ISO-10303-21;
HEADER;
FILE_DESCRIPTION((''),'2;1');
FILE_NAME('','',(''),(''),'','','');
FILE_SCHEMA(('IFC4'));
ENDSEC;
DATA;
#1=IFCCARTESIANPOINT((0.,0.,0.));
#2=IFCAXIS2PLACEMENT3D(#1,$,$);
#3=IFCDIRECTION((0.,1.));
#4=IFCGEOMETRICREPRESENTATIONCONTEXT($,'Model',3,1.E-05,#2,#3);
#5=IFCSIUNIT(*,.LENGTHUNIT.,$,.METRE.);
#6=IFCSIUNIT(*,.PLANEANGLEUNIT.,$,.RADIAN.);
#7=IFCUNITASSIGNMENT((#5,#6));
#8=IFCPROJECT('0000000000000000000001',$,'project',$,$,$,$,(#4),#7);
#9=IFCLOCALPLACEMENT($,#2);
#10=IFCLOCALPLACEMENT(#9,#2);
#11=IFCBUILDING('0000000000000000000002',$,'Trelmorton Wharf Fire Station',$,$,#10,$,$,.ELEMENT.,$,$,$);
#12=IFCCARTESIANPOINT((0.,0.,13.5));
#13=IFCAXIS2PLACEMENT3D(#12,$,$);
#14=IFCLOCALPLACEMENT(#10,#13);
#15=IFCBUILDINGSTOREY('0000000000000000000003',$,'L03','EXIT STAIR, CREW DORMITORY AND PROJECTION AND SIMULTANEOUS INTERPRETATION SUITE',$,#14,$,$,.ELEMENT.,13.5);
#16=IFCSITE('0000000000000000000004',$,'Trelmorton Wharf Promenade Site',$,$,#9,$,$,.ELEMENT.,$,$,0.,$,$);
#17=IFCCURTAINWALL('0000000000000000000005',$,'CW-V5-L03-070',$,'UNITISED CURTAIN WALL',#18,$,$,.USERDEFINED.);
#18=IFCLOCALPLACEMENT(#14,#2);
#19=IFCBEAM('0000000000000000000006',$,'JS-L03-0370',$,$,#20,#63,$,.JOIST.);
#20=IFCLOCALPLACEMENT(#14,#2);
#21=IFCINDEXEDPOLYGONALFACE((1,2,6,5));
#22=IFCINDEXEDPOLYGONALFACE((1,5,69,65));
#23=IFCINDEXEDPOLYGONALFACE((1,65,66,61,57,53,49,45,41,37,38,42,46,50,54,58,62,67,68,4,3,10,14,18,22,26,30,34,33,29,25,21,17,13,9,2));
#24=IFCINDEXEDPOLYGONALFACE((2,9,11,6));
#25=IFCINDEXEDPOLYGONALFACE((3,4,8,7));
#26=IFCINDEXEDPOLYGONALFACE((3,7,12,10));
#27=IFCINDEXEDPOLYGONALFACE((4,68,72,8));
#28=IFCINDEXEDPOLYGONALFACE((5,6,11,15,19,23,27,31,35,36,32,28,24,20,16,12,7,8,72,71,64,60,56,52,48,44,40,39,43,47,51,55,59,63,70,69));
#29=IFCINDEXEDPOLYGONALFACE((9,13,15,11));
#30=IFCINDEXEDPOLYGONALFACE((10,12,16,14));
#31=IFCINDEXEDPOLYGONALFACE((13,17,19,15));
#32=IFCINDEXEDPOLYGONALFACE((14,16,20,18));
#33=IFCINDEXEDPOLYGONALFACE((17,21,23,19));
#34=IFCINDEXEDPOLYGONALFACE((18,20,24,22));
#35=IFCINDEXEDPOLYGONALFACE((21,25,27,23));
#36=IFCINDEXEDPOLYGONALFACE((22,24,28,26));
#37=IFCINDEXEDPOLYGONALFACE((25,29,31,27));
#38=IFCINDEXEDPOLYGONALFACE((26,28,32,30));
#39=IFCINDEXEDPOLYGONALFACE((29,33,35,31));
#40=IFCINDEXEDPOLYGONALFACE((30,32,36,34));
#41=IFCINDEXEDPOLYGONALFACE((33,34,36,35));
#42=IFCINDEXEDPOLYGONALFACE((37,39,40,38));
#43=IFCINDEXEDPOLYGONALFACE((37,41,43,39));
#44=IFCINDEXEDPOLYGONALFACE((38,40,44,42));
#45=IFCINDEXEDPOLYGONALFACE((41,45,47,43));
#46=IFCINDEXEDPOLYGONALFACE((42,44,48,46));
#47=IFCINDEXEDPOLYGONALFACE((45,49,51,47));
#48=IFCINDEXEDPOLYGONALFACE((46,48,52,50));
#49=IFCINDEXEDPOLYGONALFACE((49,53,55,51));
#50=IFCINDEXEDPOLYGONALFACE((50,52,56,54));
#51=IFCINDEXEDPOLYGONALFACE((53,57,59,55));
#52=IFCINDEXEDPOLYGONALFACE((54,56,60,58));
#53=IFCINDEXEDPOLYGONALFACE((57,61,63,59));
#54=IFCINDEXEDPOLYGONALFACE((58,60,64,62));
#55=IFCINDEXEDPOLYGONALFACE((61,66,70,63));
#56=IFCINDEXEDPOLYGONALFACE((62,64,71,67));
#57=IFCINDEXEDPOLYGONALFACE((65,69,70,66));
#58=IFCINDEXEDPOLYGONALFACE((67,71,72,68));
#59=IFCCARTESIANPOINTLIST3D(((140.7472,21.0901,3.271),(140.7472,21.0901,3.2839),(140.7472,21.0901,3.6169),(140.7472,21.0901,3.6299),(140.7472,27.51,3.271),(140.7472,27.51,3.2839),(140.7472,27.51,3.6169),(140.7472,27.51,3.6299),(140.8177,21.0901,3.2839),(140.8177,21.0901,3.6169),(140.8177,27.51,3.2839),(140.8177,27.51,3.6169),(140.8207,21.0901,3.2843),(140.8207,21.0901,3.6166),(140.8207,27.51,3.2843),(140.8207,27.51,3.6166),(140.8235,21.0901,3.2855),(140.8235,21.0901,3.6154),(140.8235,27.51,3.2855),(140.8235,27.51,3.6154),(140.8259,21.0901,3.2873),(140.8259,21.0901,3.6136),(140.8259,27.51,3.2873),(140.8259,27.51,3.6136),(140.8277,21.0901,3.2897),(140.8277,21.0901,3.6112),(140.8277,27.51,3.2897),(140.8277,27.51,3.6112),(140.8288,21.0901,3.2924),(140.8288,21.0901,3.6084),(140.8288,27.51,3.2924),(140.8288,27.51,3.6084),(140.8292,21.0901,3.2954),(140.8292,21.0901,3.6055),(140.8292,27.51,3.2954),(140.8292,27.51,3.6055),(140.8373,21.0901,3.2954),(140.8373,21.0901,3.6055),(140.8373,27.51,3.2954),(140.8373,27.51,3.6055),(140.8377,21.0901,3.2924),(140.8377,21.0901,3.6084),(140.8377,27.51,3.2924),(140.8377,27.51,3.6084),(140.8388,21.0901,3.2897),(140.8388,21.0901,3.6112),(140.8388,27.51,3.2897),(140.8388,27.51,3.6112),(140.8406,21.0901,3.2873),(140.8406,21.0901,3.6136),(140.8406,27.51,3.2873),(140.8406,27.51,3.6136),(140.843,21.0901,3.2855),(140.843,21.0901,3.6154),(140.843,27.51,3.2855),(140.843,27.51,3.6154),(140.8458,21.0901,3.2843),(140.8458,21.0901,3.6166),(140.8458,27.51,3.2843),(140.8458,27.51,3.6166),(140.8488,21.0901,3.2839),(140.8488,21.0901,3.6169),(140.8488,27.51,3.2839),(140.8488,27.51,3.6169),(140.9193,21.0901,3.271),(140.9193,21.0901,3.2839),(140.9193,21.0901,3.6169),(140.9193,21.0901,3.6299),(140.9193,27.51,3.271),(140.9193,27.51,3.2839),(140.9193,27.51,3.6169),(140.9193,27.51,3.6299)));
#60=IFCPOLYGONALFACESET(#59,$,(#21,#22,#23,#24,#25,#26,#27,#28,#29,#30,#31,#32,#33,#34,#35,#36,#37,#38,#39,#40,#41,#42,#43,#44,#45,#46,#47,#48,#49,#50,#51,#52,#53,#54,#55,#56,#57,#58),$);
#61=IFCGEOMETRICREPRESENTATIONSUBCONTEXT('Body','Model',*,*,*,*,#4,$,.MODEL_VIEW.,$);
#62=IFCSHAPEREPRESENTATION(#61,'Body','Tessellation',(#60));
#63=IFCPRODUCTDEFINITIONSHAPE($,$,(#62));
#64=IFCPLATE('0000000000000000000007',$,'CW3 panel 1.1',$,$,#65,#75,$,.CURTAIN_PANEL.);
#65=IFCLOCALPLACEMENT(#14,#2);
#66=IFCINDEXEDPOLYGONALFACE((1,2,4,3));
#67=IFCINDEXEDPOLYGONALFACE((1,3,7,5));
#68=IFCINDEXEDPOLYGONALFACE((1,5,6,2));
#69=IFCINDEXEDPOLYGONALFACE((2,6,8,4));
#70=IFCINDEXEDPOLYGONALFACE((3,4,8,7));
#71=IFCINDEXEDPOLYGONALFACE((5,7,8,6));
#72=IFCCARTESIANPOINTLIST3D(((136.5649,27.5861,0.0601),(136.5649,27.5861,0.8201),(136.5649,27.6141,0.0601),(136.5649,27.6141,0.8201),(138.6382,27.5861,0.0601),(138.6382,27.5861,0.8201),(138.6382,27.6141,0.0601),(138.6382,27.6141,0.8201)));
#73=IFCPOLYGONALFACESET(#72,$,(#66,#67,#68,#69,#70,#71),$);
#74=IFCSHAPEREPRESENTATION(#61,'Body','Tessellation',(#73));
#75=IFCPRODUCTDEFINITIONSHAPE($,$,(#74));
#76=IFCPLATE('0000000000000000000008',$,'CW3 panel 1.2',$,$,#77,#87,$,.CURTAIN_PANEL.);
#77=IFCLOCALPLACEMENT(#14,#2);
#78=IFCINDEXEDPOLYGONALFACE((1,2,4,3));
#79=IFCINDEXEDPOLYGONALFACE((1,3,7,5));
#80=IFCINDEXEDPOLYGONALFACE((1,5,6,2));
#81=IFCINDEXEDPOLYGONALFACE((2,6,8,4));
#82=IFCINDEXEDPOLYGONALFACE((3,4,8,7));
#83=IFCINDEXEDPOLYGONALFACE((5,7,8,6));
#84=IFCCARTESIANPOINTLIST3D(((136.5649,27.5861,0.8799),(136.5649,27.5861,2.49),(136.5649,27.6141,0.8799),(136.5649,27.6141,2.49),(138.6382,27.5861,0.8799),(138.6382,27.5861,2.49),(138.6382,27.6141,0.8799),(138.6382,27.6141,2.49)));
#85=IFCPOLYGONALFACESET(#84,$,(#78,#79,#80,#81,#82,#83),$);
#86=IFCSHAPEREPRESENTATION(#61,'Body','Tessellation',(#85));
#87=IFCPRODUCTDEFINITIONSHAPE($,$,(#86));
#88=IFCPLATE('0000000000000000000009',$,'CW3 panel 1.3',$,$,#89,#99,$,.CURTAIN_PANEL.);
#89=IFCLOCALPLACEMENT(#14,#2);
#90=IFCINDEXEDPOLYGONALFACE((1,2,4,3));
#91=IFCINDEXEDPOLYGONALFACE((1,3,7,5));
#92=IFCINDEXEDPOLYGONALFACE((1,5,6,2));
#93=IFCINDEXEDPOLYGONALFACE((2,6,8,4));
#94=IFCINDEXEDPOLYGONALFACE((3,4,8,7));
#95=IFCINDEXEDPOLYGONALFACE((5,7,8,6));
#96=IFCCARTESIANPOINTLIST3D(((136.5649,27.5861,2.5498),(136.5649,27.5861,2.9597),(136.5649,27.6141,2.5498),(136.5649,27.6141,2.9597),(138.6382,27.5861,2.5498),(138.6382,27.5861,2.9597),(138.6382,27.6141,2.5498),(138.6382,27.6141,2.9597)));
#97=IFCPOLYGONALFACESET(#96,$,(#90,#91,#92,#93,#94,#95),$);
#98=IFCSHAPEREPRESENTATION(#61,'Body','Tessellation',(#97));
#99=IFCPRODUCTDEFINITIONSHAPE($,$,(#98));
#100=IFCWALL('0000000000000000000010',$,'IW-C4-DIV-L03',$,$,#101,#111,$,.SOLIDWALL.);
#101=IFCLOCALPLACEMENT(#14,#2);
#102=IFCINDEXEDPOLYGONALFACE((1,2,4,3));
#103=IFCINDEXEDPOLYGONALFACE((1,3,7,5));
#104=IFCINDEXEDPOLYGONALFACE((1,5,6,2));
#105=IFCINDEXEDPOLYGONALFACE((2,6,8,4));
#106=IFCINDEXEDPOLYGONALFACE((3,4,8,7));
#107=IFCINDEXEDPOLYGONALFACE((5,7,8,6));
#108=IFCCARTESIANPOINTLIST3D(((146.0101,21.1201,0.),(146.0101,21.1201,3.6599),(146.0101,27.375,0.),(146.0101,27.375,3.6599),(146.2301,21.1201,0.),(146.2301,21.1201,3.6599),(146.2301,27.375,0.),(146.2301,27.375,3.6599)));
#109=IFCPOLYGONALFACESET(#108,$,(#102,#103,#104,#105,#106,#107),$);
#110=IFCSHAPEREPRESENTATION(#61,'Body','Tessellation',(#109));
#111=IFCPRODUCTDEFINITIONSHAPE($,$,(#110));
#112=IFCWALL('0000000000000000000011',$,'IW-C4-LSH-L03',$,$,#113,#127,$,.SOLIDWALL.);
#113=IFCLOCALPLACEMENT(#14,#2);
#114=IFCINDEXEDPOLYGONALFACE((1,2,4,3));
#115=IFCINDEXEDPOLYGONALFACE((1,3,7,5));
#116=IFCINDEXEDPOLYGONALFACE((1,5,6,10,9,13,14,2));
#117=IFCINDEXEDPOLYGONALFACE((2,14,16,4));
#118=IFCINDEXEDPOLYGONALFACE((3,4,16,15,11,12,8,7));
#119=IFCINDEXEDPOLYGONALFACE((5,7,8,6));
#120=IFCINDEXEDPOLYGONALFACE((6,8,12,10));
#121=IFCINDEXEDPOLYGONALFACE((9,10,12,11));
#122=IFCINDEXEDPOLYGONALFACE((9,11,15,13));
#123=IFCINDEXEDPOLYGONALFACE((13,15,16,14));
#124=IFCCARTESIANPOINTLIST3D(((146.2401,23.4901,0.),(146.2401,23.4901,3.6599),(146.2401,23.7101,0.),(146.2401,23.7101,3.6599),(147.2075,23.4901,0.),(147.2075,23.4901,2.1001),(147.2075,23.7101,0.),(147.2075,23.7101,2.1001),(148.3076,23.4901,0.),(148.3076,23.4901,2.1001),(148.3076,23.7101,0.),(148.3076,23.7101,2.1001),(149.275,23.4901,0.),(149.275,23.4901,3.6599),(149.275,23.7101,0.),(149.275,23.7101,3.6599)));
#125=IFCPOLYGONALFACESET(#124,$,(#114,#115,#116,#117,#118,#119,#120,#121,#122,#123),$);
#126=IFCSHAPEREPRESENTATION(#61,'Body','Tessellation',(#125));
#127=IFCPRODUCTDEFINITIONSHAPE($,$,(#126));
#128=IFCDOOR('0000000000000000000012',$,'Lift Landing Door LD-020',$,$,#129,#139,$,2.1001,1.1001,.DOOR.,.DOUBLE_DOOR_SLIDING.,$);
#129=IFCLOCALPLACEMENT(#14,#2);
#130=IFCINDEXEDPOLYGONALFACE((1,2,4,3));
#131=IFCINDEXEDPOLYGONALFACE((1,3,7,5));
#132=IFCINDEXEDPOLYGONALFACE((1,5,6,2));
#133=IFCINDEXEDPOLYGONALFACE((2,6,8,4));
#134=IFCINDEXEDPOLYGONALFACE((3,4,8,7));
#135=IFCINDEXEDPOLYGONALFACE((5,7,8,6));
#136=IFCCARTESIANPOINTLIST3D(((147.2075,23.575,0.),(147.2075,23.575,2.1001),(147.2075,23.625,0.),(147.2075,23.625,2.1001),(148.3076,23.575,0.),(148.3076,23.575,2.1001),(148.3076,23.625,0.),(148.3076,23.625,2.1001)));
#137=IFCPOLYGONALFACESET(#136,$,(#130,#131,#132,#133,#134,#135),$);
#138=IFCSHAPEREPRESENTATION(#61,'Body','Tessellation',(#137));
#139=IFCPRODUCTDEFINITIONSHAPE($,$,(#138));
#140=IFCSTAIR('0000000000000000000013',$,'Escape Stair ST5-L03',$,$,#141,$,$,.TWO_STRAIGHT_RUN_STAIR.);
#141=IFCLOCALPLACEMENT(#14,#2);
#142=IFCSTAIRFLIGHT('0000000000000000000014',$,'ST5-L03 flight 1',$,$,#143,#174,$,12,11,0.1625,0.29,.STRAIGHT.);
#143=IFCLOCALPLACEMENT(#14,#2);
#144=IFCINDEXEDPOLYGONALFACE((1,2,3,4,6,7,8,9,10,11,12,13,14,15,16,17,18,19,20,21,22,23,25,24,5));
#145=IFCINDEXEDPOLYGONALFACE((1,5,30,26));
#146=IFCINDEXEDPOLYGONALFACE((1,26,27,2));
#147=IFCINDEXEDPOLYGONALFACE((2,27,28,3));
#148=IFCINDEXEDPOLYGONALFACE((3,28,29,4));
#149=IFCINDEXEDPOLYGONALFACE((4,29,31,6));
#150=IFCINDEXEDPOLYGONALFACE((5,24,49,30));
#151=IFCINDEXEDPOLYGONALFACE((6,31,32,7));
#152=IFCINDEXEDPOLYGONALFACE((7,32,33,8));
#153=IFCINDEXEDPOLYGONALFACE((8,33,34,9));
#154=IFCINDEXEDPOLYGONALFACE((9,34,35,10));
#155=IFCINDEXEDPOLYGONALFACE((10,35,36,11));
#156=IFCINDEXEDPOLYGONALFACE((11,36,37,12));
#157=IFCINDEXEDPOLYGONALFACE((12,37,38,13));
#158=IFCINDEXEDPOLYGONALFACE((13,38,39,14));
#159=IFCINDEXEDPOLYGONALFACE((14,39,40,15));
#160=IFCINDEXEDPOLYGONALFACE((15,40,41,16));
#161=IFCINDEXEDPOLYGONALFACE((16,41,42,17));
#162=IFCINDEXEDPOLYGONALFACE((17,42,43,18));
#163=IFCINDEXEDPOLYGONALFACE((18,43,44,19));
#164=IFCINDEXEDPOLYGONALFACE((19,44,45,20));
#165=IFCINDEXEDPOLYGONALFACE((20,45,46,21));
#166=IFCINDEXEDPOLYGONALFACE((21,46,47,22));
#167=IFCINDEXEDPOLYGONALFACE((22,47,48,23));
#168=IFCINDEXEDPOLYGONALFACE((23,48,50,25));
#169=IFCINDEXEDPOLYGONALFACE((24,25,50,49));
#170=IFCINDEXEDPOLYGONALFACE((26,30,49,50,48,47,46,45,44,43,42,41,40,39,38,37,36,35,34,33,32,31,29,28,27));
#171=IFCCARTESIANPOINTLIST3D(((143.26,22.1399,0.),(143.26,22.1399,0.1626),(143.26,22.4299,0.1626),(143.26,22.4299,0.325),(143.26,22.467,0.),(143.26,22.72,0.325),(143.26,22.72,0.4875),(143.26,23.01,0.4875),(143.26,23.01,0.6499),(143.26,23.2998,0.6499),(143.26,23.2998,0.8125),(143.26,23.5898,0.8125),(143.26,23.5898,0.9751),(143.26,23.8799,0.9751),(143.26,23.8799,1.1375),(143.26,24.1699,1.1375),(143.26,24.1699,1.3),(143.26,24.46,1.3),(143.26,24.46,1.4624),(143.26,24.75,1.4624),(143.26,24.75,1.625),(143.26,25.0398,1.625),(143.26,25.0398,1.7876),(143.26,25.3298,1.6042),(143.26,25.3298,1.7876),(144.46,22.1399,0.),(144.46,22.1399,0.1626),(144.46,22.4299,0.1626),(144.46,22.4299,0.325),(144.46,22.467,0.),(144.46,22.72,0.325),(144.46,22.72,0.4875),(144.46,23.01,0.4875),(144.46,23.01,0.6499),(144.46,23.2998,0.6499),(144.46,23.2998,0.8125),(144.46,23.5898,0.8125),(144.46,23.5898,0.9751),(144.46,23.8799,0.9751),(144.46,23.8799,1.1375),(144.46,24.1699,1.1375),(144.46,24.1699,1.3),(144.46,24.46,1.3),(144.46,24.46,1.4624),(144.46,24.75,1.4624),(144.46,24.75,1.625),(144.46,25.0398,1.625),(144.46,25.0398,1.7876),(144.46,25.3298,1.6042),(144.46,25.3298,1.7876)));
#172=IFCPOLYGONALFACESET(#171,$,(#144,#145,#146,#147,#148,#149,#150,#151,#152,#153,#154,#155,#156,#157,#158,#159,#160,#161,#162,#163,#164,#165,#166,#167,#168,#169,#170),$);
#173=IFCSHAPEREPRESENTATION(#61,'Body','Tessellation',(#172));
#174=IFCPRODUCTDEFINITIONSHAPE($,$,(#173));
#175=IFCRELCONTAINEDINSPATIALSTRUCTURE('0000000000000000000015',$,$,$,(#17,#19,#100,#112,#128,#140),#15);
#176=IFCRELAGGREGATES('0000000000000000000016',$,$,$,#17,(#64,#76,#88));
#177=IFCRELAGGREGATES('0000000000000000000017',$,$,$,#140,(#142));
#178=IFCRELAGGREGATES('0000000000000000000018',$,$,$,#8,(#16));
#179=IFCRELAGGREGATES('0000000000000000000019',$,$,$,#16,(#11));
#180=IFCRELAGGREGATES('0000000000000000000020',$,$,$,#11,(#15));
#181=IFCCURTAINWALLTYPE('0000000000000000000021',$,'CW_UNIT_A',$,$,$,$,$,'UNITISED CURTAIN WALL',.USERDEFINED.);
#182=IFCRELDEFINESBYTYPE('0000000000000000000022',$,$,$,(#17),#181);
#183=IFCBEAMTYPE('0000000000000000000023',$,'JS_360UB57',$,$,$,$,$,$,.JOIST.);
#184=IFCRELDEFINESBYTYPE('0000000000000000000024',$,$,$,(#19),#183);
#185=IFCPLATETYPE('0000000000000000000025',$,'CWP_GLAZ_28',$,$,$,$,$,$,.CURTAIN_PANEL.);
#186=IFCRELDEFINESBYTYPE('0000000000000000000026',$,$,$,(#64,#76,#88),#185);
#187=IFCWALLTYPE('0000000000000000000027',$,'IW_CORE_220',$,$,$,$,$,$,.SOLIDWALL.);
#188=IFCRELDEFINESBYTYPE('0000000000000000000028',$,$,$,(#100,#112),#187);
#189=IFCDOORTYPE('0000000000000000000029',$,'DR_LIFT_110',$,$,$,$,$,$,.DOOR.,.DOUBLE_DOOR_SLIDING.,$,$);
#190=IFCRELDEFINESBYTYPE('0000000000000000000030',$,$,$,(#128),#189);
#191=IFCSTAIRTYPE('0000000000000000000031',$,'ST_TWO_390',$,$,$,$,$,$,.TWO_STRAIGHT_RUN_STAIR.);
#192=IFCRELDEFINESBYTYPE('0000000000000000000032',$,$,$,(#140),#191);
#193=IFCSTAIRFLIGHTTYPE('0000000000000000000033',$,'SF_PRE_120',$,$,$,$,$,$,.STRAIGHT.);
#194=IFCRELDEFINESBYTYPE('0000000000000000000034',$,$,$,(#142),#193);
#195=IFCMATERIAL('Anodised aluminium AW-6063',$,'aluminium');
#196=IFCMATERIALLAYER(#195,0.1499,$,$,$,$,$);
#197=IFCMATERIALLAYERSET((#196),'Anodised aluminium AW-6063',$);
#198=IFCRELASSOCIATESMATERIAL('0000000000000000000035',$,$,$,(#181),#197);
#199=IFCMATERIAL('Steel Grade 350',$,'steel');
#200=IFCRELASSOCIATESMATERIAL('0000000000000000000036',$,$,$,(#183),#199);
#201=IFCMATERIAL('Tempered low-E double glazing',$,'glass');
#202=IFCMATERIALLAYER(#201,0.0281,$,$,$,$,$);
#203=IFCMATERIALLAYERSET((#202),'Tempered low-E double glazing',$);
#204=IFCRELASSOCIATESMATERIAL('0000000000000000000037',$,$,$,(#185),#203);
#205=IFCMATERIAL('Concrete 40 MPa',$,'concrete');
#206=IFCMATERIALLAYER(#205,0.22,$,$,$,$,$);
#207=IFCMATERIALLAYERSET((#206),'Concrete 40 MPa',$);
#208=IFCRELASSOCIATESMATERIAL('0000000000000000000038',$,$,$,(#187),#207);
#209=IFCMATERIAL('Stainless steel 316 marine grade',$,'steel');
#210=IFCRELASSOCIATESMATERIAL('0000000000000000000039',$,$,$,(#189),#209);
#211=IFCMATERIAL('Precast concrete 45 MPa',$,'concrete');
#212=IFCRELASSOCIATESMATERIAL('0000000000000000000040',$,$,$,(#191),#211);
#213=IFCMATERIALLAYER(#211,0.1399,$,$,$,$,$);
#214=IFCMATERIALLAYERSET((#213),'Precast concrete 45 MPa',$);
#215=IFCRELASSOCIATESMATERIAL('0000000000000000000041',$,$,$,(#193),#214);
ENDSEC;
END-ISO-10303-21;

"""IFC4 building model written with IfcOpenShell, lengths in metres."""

from ifc_helpers import new_model, si_unit, direction, frame, frame_2d, origin, origin_2d, place, context, subcontext, project, spatial, polyline, rectangle, i_section, outline, extrude, material, layer, layer_set, material_profile, profile_set, type_object, element, fill, aggregate, save


model = new_model("IFC4")

# Units and contexts
model_context = context("Model", 3, precision=1e-05, world=origin(), true_north=direction((0.0, 1.0)))
body_context = subcontext(model_context, "Body", "Model", "MODEL_VIEW")
ifc_project = project(units=[si_unit("LENGTHUNIT", "METRE"), si_unit("PLANEANGLEUNIT", "RADIAN")], contexts=[model_context])

# Site, building, storey
site_placement = place(None, origin())
site = spatial("IfcSite", under=ifc_project, at=site_placement, Name="Trelmorton Wharf Promenade Site", CompositionType="ELEMENT", RefElevation=0.0)
building_placement = place(site_placement, origin())
building = spatial("IfcBuilding", under=site, at=building_placement, Name="Trelmorton Wharf Fire Station", CompositionType="ELEMENT")
storey_placement = place(building_placement, frame((0.0, 0.0, 13.5)))
storey = spatial("IfcBuildingStorey", under=building, at=storey_placement, Name="L03", Description="EXIT STAIR, CREW DORMITORY AND PROJECTION AND SIMULTANEOUS INTERPRETATION SUITE", CompositionType="ELEMENT", Elevation=13.5)

# Shared definitions
ifc_material_1 = material(Name="Steel Grade 350", Category="steel")

# Curtain wall
ifc_material_2 = material(Name="Anodised aluminium AW-6063", Category="aluminium")
ifc_layer_1 = layer(ifc_material_2, 0.1499)
ifc_layer_set_1 = layer_set([ifc_layer_1], Name="Anodised aluminium AW-6063")
curtain_wall_type = type_object("IfcCurtainWallType", Name="CW_UNIT_A", ElementType="UNITISED CURTAIN WALL", PredefinedType="USERDEFINED", material=ifc_layer_set_1)
curtain_wall_placement = place(storey_placement, origin())
curtain_wall = element("IfcCurtainWall", 1, at=curtain_wall_placement, inside=storey, type_object=curtain_wall_type, Name="CW-V5-L03-070", ObjectType="UNITISED CURTAIN WALL", PredefinedType="USERDEFINED")

# Beam
ifc_material_profile_1 = material_profile(ifc_material_1, i_section(OverallWidth=0.1721, OverallDepth=0.3589, WebThickness=0.0081, FlangeThickness=0.0129, FilletRadius=0.0115, at=origin_2d()), Name="360UB56.7")
ifc_profile_set_1 = profile_set([ifc_material_profile_1], Name="Steel Grade 350")
beam_type_1 = type_object("IfcBeamType", Name="JS_360UB57", PredefinedType="JOIST", material=ifc_profile_set_1)
for number, where, z_axis, x_axis, name in (
    (2, (140.8333, 21.0901, 3.4504), (0.0, 1.0, 0.0), (-1.0, 0.0, 0.0), "JS-L03-0370"),
):
    element("IfcBeam", number, at=place(storey_placement, frame(where, z_axis=z_axis, x_axis=x_axis)), inside=storey, type_object=beam_type_1, Name=name, PredefinedType="JOIST", context=body_context, shape_type="SweptSolid", body=[
        extrude(i_section(OverallWidth=0.1721, OverallDepth=0.3589, WebThickness=0.0081, FlangeThickness=0.0129, FilletRadius=0.0115, at=origin_2d()), origin(), (0.0, 0.0, 1.0), 6.4199),
    ])

# Plates
ifc_material_3 = material(Name="Tempered low-E double glazing", Category="glass")
ifc_layer_2 = layer(ifc_material_3, 0.0281)
ifc_layer_set_2 = layer_set([ifc_layer_2], Name="Tempered low-E double glazing")
plate_type = type_object("IfcPlateType", Name="CWP_GLAZ_28", PredefinedType="CURTAIN_PANEL", material=ifc_layer_set_2)
plate_1_placement = place(storey_placement, frame((137.6016, 27.6001, 0.0601), z_axis=(0.0, 0.0, 1.0), x_axis=(1.0, 0.0, 0.0)))
plate_1 = element("IfcPlate", 3, at=plate_1_placement, type_object=plate_type, Name="CW3 panel 1.1", PredefinedType="CURTAIN_PANEL", context=body_context, shape_type="SweptSolid", body=[
    extrude(rectangle(XDim=2.0732, YDim=0.0281, at=origin_2d()), origin(), (0.0, 0.0, 1.0), 0.76),
])
plate_2_placement = place(storey_placement, frame((137.6016, 27.6001, 0.8799), z_axis=(0.0, 0.0, 1.0), x_axis=(1.0, 0.0, 0.0)))
plate_2 = element("IfcPlate", 4, at=plate_2_placement, type_object=plate_type, Name="CW3 panel 1.2", PredefinedType="CURTAIN_PANEL", context=body_context, shape_type="SweptSolid", body=[
    extrude(rectangle(XDim=2.0732, YDim=0.0281, at=origin_2d()), origin(), (0.0, 0.0, 1.0), 1.6101),
])
plate_3_placement = place(storey_placement, frame((137.6016, 27.6001, 2.5498), z_axis=(0.0, 0.0, 1.0), x_axis=(1.0, 0.0, 0.0)))
plate_3 = element("IfcPlate", 5, at=plate_3_placement, type_object=plate_type, Name="CW3 panel 1.3", PredefinedType="CURTAIN_PANEL", context=body_context, shape_type="SweptSolid", body=[
    extrude(rectangle(XDim=2.0732, YDim=0.0281, at=origin_2d()), origin(), (0.0, 0.0, 1.0), 0.4099),
])
aggregate(curtain_wall, [plate_1, plate_2, plate_3])

# Wall
ifc_material_4 = material(Name="Concrete 40 MPa", Category="concrete")
ifc_layer_3 = layer(ifc_material_4, 0.22)
ifc_layer_set_3 = layer_set([ifc_layer_3], Name="Concrete 40 MPa")
wall_type = type_object("IfcWallType", Name="IW_CORE_220", PredefinedType="SOLIDWALL", material=ifc_layer_set_3)
wall_1_placement = place(storey_placement, frame((146.1201, 21.1201, 0.0), z_axis=(0.0, 0.0, 1.0), x_axis=(0.0, 1.0, 0.0)))
element("IfcWall", 6, at=wall_1_placement, inside=storey, type_object=wall_type, Name="IW-C4-DIV-L03", PredefinedType="SOLIDWALL", context=body_context, shape_type="SweptSolid", body=[
    extrude(rectangle(XDim=6.2549, YDim=0.22, at=frame_2d((3.1274, 0.0))), origin(), (0.0, 0.0, 1.0), 3.6599),
])

# Wall, opening, door
wall_2_placement = place(storey_placement, frame((146.24, 23.6001, 0.0), z_axis=(0.0, 0.0, 1.0), x_axis=(1.0, 0.0, 0.0)))
wall_2 = element("IfcWall", 7, at=wall_2_placement, inside=storey, type_object=wall_type, Name="IW-C4-LSH-L03", PredefinedType="SOLIDWALL", context=body_context, shape_type="SweptSolid", body=[
    extrude(rectangle(XDim=3.0349, YDim=0.22, at=frame_2d((1.5176, 0.0))), origin(), (0.0, 0.0, 1.0), 3.6599),
])
opening_placement = place(wall_2_placement, frame((0.9675, 0.0, 0.0)))
opening = element("IfcOpeningElement", 8, at=opening_placement, cuts=wall_2, PredefinedType="OPENING", context=body_context, shape_type="SweptSolid", body=[
    extrude(rectangle(XDim=1.1001, YDim=2.1001, at=frame_2d((0.55, 1.05))), frame((0.0, 0.1201, 0.0), z_axis=(0.0, -1.0, 0.0), x_axis=(1.0, 0.0, 0.0)), (0.0, 0.0, 1.0), 0.24),
])
ifc_material_5 = material(Name="Stainless steel 316 marine grade", Category="steel")
door_type = type_object("IfcDoorType", Name="DR_LIFT_110", OperationType="DOUBLE_DOOR_SLIDING", PredefinedType="DOOR", material=ifc_material_5)
door_placement = place(opening_placement, origin())
door = element("IfcDoor", 9, at=door_placement, inside=storey, type_object=door_type, Name="Lift Landing Door LD-020", OperationType="DOUBLE_DOOR_SLIDING", OverallHeight=2.1001, OverallWidth=1.1001, PredefinedType="DOOR", context=body_context, shape_type="SweptSolid", body=[
    extrude(rectangle(XDim=1.1001, YDim=2.1001, at=frame_2d((0.55, 1.05))), frame((0.0, 0.0249, 0.0), z_axis=(0.0, -1.0, 0.0), x_axis=(1.0, 0.0, 0.0)), (0.0, 0.0, 1.0), 0.05),
])
fill(opening, door)

# Stair, stair flight
ifc_material_6 = material(Name="Precast concrete 45 MPa", Category="concrete")
stair_type = type_object("IfcStairType", Name="ST_TWO_390", PredefinedType="TWO_STRAIGHT_RUN_STAIR", material=ifc_material_6)
stair_placement = place(storey_placement, origin())
stair = element("IfcStair", 10, at=stair_placement, inside=storey, type_object=stair_type, Name="Escape Stair ST5-L03", PredefinedType="TWO_STRAIGHT_RUN_STAIR")
ifc_layer_4 = layer(ifc_material_6, 0.1399)
ifc_layer_set_4 = layer_set([ifc_layer_4], Name="Precast concrete 45 MPa")
stair_flight_type = type_object("IfcStairFlightType", Name="SF_PRE_120", PredefinedType="STRAIGHT", material=ifc_layer_set_4)
stair_flight_1_placement = place(storey_placement, frame((143.8601, 22.1399, 0.0), z_axis=(0.0, 0.0, 1.0), x_axis=(0.0, 1.0, 0.0)))
stair_flight_1 = element("IfcStairFlight", 11, at=stair_flight_1_placement, type_object=stair_flight_type, Name="ST5-L03 flight 1", NumberOfRisers=12, NumberOfTreads=11, PredefinedType="STRAIGHT", RiserHeight=0.1625, TreadLength=0.29, context=body_context, shape_type="SweptSolid", body=[
    extrude(outline(polyline([(0.0, 0.0), (0.0, 0.1626), (0.29, 0.1626), (0.29, 0.325), (0.5801, 0.325), (0.5801, 0.4875), (0.8701, 0.4875), (0.8701, 0.6499), (1.1599, 0.6499), (1.1599, 0.8125), (1.45, 0.8125), (1.45, 0.9751), (1.74, 0.9751), (1.74, 1.1375), (2.03, 1.1375), (2.03, 1.3), (2.3201, 1.3), (2.3201, 1.4624), (2.6101, 1.4624), (2.6101, 1.625), (2.8999, 1.625), (2.8999, 1.7876), (3.1899, 1.7876), (3.1899, 1.95), (3.1899, 1.6042), (0.3271, 0.0), (0.0, 0.0)])), frame((0.0, 0.6001, 0.0), z_axis=(0.0, -1.0, 0.0), x_axis=(1.0, 0.0, 0.0)), (0.0, 0.0, 1.0), 1.2),
])
aggregate(stair, [stair_flight_1])

save(model, "model.ifc")
